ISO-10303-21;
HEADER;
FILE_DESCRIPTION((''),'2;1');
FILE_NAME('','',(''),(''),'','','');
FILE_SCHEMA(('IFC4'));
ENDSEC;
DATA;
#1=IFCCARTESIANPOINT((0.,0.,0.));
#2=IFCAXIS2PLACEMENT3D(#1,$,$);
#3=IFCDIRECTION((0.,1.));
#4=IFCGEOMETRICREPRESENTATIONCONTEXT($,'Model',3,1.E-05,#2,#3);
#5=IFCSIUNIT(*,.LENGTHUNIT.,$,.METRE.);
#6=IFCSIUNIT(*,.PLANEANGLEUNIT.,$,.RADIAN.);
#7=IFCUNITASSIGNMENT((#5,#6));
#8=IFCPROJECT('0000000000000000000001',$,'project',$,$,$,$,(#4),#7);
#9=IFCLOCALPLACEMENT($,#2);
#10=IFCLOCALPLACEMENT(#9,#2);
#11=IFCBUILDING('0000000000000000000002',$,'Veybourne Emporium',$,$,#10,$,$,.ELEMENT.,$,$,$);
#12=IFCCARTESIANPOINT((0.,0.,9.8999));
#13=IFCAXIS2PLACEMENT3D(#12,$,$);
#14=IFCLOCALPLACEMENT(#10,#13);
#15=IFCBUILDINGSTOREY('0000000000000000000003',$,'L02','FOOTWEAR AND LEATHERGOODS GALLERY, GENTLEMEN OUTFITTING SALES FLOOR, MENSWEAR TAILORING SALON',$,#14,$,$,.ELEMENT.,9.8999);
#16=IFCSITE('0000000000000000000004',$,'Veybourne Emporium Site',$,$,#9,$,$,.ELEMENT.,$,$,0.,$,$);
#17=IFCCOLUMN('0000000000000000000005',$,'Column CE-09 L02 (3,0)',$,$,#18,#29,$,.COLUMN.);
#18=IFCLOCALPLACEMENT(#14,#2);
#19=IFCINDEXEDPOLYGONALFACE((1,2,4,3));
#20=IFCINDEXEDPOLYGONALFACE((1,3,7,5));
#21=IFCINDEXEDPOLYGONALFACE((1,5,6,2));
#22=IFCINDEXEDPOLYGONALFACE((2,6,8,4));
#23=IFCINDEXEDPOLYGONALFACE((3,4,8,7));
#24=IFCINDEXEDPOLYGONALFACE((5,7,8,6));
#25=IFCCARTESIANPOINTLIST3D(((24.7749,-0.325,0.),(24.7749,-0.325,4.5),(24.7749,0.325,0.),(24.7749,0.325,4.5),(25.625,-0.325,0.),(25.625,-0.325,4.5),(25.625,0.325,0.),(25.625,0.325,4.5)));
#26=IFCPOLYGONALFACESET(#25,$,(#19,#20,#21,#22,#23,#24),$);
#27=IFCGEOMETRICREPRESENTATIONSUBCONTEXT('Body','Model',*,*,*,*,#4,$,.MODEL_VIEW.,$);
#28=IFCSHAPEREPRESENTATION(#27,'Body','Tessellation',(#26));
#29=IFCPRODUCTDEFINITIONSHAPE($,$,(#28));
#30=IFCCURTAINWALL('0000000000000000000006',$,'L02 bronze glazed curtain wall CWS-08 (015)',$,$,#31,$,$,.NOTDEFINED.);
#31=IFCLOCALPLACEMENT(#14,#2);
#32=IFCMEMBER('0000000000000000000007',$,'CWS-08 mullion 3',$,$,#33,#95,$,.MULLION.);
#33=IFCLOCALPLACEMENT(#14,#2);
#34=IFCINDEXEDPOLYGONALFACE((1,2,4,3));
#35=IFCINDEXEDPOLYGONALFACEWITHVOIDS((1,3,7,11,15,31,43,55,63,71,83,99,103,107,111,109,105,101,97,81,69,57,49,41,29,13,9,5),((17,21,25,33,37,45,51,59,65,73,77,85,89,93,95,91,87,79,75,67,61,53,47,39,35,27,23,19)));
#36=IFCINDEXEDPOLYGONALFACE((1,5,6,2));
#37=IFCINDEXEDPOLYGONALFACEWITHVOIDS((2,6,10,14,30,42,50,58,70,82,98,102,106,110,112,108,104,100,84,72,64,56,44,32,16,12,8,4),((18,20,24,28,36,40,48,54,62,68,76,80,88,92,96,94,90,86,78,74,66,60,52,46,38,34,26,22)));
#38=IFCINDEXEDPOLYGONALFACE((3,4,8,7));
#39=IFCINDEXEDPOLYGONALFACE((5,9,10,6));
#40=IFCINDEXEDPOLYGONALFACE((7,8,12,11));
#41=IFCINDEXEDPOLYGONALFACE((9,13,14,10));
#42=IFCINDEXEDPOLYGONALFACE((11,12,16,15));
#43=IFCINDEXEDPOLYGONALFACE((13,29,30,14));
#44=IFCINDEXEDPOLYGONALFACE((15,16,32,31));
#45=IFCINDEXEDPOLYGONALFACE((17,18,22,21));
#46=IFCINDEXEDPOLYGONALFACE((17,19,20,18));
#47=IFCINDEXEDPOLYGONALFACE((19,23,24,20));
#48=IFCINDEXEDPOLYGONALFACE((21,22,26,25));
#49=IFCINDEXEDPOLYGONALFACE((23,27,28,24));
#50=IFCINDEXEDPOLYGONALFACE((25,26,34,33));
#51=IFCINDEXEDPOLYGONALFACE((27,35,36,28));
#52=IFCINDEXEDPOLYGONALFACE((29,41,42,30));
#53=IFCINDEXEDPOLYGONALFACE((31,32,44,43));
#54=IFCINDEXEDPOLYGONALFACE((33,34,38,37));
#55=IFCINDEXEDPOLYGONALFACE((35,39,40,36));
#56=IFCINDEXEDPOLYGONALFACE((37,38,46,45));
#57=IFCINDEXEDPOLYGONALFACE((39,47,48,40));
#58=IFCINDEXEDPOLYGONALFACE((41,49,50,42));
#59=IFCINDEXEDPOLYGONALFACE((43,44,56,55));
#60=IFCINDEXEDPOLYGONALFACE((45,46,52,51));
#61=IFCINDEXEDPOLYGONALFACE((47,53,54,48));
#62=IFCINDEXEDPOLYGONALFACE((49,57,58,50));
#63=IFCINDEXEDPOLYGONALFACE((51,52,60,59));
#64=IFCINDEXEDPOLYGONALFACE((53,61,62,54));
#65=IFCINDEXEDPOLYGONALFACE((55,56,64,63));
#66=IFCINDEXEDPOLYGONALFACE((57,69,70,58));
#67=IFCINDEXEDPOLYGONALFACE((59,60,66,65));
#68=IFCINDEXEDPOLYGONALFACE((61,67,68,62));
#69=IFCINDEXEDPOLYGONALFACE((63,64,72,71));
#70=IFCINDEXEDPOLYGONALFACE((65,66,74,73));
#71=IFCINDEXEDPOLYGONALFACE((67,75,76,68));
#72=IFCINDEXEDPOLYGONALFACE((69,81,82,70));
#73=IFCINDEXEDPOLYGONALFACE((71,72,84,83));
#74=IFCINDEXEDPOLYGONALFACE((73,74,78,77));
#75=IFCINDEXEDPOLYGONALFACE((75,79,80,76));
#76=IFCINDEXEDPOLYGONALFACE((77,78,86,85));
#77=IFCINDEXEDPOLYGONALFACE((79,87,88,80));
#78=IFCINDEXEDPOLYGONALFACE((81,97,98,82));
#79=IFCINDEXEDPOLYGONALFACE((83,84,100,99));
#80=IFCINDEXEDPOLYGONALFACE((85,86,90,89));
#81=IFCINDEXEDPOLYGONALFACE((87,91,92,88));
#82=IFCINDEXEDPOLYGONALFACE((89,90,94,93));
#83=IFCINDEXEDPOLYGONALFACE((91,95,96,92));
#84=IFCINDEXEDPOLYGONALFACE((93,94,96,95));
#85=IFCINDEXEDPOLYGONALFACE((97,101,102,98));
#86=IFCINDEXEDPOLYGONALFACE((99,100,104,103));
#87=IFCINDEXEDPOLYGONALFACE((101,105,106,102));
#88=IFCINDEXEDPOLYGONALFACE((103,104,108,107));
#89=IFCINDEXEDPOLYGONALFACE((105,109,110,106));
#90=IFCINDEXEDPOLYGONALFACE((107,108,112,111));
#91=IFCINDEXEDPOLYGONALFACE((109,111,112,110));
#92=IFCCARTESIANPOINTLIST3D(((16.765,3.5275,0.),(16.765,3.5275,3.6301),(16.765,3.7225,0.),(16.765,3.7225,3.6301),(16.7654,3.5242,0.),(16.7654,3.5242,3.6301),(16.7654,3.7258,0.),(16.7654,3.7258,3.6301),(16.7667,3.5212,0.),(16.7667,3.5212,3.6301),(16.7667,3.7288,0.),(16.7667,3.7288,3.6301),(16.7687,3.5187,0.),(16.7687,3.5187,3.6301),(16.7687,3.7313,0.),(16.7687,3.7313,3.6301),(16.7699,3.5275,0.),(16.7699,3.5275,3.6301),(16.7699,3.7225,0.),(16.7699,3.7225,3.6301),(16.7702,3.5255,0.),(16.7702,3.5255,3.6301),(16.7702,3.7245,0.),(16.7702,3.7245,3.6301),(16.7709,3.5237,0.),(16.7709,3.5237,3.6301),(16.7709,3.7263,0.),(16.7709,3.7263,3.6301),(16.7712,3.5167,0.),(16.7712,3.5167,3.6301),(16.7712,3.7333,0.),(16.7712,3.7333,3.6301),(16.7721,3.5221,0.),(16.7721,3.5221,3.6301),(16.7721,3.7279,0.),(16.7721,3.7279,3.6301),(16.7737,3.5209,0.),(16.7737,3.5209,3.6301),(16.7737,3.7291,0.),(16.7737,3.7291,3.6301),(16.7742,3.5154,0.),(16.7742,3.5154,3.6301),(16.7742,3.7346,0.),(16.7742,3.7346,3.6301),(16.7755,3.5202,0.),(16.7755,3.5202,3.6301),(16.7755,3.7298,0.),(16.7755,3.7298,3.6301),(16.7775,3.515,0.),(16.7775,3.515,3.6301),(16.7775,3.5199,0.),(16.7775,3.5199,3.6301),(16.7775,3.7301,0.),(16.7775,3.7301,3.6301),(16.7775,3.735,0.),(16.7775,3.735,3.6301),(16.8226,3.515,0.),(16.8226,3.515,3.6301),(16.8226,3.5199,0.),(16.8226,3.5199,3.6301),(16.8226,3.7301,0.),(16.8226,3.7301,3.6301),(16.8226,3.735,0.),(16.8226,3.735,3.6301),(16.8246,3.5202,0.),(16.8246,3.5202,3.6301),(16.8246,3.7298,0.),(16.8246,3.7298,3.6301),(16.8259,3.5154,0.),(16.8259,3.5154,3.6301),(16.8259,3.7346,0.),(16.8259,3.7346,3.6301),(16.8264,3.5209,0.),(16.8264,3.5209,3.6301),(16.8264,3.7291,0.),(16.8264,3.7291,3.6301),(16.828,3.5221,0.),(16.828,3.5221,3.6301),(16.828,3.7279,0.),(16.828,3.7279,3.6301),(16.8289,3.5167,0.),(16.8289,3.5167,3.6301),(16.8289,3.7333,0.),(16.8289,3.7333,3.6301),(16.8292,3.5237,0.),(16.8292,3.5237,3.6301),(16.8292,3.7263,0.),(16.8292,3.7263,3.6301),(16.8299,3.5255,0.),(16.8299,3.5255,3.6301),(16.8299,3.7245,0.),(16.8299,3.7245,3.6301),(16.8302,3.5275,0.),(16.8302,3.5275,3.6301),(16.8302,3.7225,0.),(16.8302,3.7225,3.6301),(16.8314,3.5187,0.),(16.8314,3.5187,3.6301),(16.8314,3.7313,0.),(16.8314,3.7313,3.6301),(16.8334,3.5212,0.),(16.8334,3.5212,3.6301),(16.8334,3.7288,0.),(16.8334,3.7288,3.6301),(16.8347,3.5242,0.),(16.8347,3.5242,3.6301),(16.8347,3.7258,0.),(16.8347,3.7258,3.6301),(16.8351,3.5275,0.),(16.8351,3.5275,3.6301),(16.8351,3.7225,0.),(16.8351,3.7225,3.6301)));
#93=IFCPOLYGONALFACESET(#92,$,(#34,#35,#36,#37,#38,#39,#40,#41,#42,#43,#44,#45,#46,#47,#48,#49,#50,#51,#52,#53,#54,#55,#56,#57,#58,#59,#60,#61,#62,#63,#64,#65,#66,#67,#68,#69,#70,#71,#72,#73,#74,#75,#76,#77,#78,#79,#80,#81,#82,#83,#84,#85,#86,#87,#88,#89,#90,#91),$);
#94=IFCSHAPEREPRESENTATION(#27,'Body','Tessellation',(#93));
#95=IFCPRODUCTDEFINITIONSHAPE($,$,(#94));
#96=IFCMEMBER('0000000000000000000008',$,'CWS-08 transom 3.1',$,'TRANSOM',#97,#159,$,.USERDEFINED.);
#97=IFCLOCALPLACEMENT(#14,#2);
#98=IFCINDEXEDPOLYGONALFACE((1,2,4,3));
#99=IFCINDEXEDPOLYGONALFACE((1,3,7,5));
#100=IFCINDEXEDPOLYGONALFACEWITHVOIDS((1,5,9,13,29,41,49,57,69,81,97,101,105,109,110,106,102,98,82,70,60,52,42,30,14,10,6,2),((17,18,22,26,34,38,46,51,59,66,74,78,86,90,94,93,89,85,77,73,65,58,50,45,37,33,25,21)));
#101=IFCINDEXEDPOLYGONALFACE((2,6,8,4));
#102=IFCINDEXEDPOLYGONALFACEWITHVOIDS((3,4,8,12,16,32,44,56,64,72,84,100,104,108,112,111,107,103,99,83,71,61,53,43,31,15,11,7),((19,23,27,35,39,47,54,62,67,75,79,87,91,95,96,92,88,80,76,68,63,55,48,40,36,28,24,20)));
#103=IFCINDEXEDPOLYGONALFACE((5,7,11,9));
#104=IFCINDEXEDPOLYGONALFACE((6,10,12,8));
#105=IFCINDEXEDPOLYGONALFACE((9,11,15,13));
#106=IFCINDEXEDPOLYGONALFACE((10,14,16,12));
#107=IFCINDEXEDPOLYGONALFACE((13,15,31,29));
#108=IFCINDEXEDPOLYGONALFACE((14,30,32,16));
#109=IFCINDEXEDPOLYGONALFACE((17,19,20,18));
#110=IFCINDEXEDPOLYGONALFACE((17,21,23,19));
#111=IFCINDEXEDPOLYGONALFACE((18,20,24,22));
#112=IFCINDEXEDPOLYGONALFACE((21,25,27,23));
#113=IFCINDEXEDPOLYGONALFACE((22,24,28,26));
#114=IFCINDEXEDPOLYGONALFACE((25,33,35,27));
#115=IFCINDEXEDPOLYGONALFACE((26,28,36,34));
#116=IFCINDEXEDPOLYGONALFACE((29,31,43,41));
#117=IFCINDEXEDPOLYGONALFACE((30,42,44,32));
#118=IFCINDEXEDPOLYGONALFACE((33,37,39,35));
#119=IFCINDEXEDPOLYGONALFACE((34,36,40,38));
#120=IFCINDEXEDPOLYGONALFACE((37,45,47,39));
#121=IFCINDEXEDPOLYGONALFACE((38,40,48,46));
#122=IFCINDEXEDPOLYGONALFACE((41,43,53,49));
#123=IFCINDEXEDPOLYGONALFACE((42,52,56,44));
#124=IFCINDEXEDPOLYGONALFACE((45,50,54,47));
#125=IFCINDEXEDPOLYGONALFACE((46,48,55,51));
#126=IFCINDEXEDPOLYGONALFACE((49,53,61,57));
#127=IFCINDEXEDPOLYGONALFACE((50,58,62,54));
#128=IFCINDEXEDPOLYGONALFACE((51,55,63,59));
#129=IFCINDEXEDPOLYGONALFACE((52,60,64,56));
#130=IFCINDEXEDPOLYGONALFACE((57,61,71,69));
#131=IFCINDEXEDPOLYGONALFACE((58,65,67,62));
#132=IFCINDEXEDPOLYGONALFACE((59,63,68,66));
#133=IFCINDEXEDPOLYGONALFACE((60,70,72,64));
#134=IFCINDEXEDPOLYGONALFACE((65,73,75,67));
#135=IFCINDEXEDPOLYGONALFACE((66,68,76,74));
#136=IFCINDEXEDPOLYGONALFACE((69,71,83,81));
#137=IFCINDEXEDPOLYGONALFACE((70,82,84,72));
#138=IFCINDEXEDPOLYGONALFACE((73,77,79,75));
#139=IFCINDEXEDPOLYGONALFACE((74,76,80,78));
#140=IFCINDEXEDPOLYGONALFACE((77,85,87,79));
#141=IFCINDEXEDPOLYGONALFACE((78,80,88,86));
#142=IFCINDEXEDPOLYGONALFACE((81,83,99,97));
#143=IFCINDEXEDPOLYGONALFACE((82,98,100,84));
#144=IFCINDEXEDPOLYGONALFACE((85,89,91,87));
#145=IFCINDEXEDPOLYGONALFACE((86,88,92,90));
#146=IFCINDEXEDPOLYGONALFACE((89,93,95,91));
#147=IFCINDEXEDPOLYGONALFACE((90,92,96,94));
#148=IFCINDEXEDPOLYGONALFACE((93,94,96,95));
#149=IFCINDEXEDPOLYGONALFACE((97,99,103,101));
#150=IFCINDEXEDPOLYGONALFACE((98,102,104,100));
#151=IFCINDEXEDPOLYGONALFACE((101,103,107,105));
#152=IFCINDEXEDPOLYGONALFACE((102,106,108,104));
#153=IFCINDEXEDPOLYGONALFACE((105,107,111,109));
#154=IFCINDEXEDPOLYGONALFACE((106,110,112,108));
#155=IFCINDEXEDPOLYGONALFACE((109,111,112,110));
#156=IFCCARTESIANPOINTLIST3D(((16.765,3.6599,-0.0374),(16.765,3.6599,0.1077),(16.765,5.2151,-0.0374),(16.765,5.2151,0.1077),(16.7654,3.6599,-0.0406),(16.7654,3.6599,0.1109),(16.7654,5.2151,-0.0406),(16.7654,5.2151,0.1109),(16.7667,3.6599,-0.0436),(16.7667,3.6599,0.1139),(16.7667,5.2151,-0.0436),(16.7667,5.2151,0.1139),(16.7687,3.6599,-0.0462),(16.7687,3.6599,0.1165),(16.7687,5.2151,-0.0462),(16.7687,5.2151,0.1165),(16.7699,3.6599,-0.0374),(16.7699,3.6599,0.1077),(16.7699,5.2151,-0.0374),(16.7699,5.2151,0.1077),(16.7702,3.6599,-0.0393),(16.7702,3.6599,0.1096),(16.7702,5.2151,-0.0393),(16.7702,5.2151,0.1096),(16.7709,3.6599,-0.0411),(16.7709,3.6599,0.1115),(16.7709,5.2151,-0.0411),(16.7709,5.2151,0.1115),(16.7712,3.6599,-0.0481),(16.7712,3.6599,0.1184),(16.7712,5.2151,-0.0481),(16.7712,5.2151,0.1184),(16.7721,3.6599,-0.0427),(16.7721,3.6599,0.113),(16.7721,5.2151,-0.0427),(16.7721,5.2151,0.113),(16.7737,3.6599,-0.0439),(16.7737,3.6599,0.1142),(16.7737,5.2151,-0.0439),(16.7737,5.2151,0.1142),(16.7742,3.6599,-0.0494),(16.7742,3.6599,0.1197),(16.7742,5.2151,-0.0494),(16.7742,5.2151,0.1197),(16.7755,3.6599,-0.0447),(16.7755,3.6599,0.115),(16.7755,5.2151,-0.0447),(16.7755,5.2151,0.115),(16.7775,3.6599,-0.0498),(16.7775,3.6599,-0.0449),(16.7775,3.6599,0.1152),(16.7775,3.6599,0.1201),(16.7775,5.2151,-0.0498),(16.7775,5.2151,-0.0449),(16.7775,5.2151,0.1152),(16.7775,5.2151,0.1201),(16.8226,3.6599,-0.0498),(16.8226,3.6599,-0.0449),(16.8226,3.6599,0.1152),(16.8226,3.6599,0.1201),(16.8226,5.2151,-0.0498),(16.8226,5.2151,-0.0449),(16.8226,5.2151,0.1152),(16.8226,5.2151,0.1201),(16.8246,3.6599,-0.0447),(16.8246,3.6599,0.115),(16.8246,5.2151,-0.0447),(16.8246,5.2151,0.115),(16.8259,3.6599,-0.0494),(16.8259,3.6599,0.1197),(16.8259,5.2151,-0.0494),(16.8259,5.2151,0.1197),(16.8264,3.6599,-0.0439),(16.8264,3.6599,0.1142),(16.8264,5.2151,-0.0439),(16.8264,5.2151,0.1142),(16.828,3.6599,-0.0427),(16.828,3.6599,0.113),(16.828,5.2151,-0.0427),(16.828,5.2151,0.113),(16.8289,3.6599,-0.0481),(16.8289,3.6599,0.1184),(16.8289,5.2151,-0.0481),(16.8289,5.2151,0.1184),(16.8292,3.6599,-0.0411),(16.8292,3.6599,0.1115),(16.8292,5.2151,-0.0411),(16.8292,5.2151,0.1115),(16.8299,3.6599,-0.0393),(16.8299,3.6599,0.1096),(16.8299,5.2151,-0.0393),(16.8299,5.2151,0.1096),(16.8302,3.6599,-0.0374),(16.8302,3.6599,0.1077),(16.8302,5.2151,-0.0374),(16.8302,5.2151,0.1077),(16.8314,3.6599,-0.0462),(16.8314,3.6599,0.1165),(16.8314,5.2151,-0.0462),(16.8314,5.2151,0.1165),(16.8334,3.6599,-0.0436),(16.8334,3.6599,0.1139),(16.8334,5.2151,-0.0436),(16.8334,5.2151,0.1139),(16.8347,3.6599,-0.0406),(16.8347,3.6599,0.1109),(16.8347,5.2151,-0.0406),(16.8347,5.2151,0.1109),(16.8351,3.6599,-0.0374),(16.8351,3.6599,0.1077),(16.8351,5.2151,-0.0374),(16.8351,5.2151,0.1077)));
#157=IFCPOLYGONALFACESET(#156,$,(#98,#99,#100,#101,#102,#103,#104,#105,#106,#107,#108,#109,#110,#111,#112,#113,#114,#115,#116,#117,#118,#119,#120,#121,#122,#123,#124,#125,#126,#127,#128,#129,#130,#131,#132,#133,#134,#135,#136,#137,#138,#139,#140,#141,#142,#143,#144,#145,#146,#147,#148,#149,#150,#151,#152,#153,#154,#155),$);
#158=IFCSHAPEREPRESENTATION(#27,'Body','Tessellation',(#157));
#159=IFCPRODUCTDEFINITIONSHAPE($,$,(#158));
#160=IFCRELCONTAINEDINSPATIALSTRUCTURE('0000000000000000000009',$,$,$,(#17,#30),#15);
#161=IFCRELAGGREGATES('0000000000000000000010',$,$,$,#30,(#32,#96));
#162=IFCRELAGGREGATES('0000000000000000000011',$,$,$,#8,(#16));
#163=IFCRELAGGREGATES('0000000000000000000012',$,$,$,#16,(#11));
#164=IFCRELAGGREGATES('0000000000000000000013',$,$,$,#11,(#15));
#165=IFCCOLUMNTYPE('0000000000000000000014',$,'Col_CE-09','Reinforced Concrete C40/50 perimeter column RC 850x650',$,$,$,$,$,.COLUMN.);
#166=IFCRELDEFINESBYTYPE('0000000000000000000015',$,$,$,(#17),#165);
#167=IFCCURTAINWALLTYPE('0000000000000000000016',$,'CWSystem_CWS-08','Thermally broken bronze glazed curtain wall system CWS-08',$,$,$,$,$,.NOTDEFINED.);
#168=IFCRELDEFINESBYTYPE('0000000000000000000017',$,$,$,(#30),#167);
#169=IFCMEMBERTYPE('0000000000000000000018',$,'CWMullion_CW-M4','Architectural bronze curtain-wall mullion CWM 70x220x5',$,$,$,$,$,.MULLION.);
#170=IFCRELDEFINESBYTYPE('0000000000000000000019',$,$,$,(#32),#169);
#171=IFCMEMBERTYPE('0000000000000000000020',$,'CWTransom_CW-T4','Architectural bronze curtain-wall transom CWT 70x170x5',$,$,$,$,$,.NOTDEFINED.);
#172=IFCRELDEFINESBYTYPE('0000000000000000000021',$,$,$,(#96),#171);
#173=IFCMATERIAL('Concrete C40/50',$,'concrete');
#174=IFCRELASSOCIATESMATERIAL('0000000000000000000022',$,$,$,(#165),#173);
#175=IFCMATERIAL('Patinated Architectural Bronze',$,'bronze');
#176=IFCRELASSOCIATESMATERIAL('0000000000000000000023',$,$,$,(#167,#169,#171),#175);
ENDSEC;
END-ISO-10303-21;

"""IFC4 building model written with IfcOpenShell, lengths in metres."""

from ifc_helpers import new_model, si_unit, direction, frame, origin, origin_2d, place, context, subcontext, project, spatial, rectangle, hollow_rectangle, extrude, material, material_profile, profile_set, type_object, element, aggregate, save


model = new_model("IFC4")

# Units and contexts
model_context = context("Model", 3, precision=1e-05, world=origin(), true_north=direction((0.0, 1.0)))
body_context = subcontext(model_context, "Body", "Model", "MODEL_VIEW")
ifc_project = project(units=[si_unit("LENGTHUNIT", "METRE"), si_unit("PLANEANGLEUNIT", "RADIAN")], contexts=[model_context])

# Site, building, storey
site_placement = place(None, origin())
site = spatial("IfcSite", under=ifc_project, at=site_placement, Name="Veybourne Emporium Site", CompositionType="ELEMENT", RefElevation=0.0)
building_placement = place(site_placement, origin())
building = spatial("IfcBuilding", under=site, at=building_placement, Name="Veybourne Emporium", CompositionType="ELEMENT")
storey_placement = place(building_placement, frame((0.0, 0.0, 9.8999)))
storey = spatial("IfcBuildingStorey", under=building, at=storey_placement, Name="L02", Description="FOOTWEAR AND LEATHERGOODS GALLERY, GENTLEMEN OUTFITTING SALES FLOOR, MENSWEAR TAILORING SALON", CompositionType="ELEMENT", Elevation=9.8999)

# Column
ifc_material_1 = material(Name="Concrete C40/50", Category="concrete")
ifc_material_profile_1 = material_profile(ifc_material_1, rectangle(XDim=0.8501, YDim=0.6499, at=origin_2d()), Name="RC 850x650")
ifc_profile_set_1 = profile_set([ifc_material_profile_1], Name="Concrete C40/50")
column_type = type_object("IfcColumnType", Name="Col_CE-09", Description="Reinforced Concrete C40/50 perimeter column RC 850x650", PredefinedType="COLUMN", material=ifc_profile_set_1)
column_placement = place(storey_placement, frame((25.2, 0.0, 0.0), z_axis=(0.0, 0.0, 1.0), x_axis=(1.0, 0.0, 0.0)))
element("IfcColumn", 1, at=column_placement, inside=storey, type_object=column_type, Name="Column CE-09 L02 (3,0)", PredefinedType="COLUMN", context=body_context, shape_type="SweptSolid", body=[
    extrude(rectangle(XDim=0.8501, YDim=0.6499, at=origin_2d()), origin(), (0.0, 0.0, 1.0), 4.5),
])

# Curtain wall, members
ifc_material_2 = material(Name="Patinated Architectural Bronze", Category="bronze")
curtain_wall_type = type_object("IfcCurtainWallType", Name="CWSystem_CWS-08", Description="Thermally broken bronze glazed curtain wall system CWS-08", PredefinedType="NOTDEFINED", material=ifc_material_2)
curtain_wall_placement = place(storey_placement, origin())
curtain_wall = element("IfcCurtainWall", 2, at=curtain_wall_placement, inside=storey, type_object=curtain_wall_type, Name="L02 bronze glazed curtain wall CWS-08 (015)", PredefinedType="NOTDEFINED")
ifc_material_profile_2 = material_profile(ifc_material_2, hollow_rectangle(XDim=0.0701, YDim=0.22, WallThickness=0.0049, InnerFilletRadius=0.0076, OuterFilletRadius=0.0125, at=origin_2d()), Name="CWM 70x220x5")
ifc_profile_set_2 = profile_set([ifc_material_profile_2], Name="Patinated Architectural Bronze")
member_type_1 = type_object("IfcMemberType", Name="CWMullion_CW-M4", Description="Architectural bronze curtain-wall mullion CWM 70x220x5", PredefinedType="MULLION", material=ifc_profile_set_2)
member_1_placement = place(storey_placement, frame((16.8, 3.625, 0.0), z_axis=(0.0, 0.0, 1.0), x_axis=(-1.0, 0.0, 0.0)))
member_1 = element("IfcMember", 3, at=member_1_placement, type_object=member_type_1, Name="CWS-08 mullion 3", PredefinedType="MULLION", context=body_context, shape_type="SweptSolid", body=[
    extrude(hollow_rectangle(XDim=0.0701, YDim=0.22, WallThickness=0.0049, InnerFilletRadius=0.0076, OuterFilletRadius=0.0125, at=origin_2d()), origin(), (0.0, 0.0, 1.0), 3.6301),
])
ifc_material_profile_3 = material_profile(ifc_material_2, hollow_rectangle(XDim=0.0701, YDim=0.1699, WallThickness=0.0049, InnerFilletRadius=0.0076, OuterFilletRadius=0.0125, at=origin_2d()), Name="CWT 70x170x5")
ifc_profile_set_3 = profile_set([ifc_material_profile_3], Name="Patinated Architectural Bronze")
member_type_2 = type_object("IfcMemberType", Name="CWTransom_CW-T4", Description="Architectural bronze curtain-wall transom CWT 70x170x5", PredefinedType="NOTDEFINED", material=ifc_profile_set_3)
member_2_placement = place(storey_placement, frame((16.8, 3.6599, 0.0352), z_axis=(0.0, 1.0, 0.0), x_axis=(-1.0, 0.0, 0.0)))
member_2 = element("IfcMember", 4, at=member_2_placement, type_object=member_type_2, Name="CWS-08 transom 3.1", ObjectType="TRANSOM", PredefinedType="USERDEFINED", context=body_context, shape_type="SweptSolid", body=[
    extrude(hollow_rectangle(XDim=0.0701, YDim=0.1699, WallThickness=0.0049, InnerFilletRadius=0.0076, OuterFilletRadius=0.0125, at=origin_2d()), origin(), (0.0, 0.0, 1.0), 1.5552),
])

aggregate(curtain_wall, [member_1, member_2])

save(model, "model.ifc")
